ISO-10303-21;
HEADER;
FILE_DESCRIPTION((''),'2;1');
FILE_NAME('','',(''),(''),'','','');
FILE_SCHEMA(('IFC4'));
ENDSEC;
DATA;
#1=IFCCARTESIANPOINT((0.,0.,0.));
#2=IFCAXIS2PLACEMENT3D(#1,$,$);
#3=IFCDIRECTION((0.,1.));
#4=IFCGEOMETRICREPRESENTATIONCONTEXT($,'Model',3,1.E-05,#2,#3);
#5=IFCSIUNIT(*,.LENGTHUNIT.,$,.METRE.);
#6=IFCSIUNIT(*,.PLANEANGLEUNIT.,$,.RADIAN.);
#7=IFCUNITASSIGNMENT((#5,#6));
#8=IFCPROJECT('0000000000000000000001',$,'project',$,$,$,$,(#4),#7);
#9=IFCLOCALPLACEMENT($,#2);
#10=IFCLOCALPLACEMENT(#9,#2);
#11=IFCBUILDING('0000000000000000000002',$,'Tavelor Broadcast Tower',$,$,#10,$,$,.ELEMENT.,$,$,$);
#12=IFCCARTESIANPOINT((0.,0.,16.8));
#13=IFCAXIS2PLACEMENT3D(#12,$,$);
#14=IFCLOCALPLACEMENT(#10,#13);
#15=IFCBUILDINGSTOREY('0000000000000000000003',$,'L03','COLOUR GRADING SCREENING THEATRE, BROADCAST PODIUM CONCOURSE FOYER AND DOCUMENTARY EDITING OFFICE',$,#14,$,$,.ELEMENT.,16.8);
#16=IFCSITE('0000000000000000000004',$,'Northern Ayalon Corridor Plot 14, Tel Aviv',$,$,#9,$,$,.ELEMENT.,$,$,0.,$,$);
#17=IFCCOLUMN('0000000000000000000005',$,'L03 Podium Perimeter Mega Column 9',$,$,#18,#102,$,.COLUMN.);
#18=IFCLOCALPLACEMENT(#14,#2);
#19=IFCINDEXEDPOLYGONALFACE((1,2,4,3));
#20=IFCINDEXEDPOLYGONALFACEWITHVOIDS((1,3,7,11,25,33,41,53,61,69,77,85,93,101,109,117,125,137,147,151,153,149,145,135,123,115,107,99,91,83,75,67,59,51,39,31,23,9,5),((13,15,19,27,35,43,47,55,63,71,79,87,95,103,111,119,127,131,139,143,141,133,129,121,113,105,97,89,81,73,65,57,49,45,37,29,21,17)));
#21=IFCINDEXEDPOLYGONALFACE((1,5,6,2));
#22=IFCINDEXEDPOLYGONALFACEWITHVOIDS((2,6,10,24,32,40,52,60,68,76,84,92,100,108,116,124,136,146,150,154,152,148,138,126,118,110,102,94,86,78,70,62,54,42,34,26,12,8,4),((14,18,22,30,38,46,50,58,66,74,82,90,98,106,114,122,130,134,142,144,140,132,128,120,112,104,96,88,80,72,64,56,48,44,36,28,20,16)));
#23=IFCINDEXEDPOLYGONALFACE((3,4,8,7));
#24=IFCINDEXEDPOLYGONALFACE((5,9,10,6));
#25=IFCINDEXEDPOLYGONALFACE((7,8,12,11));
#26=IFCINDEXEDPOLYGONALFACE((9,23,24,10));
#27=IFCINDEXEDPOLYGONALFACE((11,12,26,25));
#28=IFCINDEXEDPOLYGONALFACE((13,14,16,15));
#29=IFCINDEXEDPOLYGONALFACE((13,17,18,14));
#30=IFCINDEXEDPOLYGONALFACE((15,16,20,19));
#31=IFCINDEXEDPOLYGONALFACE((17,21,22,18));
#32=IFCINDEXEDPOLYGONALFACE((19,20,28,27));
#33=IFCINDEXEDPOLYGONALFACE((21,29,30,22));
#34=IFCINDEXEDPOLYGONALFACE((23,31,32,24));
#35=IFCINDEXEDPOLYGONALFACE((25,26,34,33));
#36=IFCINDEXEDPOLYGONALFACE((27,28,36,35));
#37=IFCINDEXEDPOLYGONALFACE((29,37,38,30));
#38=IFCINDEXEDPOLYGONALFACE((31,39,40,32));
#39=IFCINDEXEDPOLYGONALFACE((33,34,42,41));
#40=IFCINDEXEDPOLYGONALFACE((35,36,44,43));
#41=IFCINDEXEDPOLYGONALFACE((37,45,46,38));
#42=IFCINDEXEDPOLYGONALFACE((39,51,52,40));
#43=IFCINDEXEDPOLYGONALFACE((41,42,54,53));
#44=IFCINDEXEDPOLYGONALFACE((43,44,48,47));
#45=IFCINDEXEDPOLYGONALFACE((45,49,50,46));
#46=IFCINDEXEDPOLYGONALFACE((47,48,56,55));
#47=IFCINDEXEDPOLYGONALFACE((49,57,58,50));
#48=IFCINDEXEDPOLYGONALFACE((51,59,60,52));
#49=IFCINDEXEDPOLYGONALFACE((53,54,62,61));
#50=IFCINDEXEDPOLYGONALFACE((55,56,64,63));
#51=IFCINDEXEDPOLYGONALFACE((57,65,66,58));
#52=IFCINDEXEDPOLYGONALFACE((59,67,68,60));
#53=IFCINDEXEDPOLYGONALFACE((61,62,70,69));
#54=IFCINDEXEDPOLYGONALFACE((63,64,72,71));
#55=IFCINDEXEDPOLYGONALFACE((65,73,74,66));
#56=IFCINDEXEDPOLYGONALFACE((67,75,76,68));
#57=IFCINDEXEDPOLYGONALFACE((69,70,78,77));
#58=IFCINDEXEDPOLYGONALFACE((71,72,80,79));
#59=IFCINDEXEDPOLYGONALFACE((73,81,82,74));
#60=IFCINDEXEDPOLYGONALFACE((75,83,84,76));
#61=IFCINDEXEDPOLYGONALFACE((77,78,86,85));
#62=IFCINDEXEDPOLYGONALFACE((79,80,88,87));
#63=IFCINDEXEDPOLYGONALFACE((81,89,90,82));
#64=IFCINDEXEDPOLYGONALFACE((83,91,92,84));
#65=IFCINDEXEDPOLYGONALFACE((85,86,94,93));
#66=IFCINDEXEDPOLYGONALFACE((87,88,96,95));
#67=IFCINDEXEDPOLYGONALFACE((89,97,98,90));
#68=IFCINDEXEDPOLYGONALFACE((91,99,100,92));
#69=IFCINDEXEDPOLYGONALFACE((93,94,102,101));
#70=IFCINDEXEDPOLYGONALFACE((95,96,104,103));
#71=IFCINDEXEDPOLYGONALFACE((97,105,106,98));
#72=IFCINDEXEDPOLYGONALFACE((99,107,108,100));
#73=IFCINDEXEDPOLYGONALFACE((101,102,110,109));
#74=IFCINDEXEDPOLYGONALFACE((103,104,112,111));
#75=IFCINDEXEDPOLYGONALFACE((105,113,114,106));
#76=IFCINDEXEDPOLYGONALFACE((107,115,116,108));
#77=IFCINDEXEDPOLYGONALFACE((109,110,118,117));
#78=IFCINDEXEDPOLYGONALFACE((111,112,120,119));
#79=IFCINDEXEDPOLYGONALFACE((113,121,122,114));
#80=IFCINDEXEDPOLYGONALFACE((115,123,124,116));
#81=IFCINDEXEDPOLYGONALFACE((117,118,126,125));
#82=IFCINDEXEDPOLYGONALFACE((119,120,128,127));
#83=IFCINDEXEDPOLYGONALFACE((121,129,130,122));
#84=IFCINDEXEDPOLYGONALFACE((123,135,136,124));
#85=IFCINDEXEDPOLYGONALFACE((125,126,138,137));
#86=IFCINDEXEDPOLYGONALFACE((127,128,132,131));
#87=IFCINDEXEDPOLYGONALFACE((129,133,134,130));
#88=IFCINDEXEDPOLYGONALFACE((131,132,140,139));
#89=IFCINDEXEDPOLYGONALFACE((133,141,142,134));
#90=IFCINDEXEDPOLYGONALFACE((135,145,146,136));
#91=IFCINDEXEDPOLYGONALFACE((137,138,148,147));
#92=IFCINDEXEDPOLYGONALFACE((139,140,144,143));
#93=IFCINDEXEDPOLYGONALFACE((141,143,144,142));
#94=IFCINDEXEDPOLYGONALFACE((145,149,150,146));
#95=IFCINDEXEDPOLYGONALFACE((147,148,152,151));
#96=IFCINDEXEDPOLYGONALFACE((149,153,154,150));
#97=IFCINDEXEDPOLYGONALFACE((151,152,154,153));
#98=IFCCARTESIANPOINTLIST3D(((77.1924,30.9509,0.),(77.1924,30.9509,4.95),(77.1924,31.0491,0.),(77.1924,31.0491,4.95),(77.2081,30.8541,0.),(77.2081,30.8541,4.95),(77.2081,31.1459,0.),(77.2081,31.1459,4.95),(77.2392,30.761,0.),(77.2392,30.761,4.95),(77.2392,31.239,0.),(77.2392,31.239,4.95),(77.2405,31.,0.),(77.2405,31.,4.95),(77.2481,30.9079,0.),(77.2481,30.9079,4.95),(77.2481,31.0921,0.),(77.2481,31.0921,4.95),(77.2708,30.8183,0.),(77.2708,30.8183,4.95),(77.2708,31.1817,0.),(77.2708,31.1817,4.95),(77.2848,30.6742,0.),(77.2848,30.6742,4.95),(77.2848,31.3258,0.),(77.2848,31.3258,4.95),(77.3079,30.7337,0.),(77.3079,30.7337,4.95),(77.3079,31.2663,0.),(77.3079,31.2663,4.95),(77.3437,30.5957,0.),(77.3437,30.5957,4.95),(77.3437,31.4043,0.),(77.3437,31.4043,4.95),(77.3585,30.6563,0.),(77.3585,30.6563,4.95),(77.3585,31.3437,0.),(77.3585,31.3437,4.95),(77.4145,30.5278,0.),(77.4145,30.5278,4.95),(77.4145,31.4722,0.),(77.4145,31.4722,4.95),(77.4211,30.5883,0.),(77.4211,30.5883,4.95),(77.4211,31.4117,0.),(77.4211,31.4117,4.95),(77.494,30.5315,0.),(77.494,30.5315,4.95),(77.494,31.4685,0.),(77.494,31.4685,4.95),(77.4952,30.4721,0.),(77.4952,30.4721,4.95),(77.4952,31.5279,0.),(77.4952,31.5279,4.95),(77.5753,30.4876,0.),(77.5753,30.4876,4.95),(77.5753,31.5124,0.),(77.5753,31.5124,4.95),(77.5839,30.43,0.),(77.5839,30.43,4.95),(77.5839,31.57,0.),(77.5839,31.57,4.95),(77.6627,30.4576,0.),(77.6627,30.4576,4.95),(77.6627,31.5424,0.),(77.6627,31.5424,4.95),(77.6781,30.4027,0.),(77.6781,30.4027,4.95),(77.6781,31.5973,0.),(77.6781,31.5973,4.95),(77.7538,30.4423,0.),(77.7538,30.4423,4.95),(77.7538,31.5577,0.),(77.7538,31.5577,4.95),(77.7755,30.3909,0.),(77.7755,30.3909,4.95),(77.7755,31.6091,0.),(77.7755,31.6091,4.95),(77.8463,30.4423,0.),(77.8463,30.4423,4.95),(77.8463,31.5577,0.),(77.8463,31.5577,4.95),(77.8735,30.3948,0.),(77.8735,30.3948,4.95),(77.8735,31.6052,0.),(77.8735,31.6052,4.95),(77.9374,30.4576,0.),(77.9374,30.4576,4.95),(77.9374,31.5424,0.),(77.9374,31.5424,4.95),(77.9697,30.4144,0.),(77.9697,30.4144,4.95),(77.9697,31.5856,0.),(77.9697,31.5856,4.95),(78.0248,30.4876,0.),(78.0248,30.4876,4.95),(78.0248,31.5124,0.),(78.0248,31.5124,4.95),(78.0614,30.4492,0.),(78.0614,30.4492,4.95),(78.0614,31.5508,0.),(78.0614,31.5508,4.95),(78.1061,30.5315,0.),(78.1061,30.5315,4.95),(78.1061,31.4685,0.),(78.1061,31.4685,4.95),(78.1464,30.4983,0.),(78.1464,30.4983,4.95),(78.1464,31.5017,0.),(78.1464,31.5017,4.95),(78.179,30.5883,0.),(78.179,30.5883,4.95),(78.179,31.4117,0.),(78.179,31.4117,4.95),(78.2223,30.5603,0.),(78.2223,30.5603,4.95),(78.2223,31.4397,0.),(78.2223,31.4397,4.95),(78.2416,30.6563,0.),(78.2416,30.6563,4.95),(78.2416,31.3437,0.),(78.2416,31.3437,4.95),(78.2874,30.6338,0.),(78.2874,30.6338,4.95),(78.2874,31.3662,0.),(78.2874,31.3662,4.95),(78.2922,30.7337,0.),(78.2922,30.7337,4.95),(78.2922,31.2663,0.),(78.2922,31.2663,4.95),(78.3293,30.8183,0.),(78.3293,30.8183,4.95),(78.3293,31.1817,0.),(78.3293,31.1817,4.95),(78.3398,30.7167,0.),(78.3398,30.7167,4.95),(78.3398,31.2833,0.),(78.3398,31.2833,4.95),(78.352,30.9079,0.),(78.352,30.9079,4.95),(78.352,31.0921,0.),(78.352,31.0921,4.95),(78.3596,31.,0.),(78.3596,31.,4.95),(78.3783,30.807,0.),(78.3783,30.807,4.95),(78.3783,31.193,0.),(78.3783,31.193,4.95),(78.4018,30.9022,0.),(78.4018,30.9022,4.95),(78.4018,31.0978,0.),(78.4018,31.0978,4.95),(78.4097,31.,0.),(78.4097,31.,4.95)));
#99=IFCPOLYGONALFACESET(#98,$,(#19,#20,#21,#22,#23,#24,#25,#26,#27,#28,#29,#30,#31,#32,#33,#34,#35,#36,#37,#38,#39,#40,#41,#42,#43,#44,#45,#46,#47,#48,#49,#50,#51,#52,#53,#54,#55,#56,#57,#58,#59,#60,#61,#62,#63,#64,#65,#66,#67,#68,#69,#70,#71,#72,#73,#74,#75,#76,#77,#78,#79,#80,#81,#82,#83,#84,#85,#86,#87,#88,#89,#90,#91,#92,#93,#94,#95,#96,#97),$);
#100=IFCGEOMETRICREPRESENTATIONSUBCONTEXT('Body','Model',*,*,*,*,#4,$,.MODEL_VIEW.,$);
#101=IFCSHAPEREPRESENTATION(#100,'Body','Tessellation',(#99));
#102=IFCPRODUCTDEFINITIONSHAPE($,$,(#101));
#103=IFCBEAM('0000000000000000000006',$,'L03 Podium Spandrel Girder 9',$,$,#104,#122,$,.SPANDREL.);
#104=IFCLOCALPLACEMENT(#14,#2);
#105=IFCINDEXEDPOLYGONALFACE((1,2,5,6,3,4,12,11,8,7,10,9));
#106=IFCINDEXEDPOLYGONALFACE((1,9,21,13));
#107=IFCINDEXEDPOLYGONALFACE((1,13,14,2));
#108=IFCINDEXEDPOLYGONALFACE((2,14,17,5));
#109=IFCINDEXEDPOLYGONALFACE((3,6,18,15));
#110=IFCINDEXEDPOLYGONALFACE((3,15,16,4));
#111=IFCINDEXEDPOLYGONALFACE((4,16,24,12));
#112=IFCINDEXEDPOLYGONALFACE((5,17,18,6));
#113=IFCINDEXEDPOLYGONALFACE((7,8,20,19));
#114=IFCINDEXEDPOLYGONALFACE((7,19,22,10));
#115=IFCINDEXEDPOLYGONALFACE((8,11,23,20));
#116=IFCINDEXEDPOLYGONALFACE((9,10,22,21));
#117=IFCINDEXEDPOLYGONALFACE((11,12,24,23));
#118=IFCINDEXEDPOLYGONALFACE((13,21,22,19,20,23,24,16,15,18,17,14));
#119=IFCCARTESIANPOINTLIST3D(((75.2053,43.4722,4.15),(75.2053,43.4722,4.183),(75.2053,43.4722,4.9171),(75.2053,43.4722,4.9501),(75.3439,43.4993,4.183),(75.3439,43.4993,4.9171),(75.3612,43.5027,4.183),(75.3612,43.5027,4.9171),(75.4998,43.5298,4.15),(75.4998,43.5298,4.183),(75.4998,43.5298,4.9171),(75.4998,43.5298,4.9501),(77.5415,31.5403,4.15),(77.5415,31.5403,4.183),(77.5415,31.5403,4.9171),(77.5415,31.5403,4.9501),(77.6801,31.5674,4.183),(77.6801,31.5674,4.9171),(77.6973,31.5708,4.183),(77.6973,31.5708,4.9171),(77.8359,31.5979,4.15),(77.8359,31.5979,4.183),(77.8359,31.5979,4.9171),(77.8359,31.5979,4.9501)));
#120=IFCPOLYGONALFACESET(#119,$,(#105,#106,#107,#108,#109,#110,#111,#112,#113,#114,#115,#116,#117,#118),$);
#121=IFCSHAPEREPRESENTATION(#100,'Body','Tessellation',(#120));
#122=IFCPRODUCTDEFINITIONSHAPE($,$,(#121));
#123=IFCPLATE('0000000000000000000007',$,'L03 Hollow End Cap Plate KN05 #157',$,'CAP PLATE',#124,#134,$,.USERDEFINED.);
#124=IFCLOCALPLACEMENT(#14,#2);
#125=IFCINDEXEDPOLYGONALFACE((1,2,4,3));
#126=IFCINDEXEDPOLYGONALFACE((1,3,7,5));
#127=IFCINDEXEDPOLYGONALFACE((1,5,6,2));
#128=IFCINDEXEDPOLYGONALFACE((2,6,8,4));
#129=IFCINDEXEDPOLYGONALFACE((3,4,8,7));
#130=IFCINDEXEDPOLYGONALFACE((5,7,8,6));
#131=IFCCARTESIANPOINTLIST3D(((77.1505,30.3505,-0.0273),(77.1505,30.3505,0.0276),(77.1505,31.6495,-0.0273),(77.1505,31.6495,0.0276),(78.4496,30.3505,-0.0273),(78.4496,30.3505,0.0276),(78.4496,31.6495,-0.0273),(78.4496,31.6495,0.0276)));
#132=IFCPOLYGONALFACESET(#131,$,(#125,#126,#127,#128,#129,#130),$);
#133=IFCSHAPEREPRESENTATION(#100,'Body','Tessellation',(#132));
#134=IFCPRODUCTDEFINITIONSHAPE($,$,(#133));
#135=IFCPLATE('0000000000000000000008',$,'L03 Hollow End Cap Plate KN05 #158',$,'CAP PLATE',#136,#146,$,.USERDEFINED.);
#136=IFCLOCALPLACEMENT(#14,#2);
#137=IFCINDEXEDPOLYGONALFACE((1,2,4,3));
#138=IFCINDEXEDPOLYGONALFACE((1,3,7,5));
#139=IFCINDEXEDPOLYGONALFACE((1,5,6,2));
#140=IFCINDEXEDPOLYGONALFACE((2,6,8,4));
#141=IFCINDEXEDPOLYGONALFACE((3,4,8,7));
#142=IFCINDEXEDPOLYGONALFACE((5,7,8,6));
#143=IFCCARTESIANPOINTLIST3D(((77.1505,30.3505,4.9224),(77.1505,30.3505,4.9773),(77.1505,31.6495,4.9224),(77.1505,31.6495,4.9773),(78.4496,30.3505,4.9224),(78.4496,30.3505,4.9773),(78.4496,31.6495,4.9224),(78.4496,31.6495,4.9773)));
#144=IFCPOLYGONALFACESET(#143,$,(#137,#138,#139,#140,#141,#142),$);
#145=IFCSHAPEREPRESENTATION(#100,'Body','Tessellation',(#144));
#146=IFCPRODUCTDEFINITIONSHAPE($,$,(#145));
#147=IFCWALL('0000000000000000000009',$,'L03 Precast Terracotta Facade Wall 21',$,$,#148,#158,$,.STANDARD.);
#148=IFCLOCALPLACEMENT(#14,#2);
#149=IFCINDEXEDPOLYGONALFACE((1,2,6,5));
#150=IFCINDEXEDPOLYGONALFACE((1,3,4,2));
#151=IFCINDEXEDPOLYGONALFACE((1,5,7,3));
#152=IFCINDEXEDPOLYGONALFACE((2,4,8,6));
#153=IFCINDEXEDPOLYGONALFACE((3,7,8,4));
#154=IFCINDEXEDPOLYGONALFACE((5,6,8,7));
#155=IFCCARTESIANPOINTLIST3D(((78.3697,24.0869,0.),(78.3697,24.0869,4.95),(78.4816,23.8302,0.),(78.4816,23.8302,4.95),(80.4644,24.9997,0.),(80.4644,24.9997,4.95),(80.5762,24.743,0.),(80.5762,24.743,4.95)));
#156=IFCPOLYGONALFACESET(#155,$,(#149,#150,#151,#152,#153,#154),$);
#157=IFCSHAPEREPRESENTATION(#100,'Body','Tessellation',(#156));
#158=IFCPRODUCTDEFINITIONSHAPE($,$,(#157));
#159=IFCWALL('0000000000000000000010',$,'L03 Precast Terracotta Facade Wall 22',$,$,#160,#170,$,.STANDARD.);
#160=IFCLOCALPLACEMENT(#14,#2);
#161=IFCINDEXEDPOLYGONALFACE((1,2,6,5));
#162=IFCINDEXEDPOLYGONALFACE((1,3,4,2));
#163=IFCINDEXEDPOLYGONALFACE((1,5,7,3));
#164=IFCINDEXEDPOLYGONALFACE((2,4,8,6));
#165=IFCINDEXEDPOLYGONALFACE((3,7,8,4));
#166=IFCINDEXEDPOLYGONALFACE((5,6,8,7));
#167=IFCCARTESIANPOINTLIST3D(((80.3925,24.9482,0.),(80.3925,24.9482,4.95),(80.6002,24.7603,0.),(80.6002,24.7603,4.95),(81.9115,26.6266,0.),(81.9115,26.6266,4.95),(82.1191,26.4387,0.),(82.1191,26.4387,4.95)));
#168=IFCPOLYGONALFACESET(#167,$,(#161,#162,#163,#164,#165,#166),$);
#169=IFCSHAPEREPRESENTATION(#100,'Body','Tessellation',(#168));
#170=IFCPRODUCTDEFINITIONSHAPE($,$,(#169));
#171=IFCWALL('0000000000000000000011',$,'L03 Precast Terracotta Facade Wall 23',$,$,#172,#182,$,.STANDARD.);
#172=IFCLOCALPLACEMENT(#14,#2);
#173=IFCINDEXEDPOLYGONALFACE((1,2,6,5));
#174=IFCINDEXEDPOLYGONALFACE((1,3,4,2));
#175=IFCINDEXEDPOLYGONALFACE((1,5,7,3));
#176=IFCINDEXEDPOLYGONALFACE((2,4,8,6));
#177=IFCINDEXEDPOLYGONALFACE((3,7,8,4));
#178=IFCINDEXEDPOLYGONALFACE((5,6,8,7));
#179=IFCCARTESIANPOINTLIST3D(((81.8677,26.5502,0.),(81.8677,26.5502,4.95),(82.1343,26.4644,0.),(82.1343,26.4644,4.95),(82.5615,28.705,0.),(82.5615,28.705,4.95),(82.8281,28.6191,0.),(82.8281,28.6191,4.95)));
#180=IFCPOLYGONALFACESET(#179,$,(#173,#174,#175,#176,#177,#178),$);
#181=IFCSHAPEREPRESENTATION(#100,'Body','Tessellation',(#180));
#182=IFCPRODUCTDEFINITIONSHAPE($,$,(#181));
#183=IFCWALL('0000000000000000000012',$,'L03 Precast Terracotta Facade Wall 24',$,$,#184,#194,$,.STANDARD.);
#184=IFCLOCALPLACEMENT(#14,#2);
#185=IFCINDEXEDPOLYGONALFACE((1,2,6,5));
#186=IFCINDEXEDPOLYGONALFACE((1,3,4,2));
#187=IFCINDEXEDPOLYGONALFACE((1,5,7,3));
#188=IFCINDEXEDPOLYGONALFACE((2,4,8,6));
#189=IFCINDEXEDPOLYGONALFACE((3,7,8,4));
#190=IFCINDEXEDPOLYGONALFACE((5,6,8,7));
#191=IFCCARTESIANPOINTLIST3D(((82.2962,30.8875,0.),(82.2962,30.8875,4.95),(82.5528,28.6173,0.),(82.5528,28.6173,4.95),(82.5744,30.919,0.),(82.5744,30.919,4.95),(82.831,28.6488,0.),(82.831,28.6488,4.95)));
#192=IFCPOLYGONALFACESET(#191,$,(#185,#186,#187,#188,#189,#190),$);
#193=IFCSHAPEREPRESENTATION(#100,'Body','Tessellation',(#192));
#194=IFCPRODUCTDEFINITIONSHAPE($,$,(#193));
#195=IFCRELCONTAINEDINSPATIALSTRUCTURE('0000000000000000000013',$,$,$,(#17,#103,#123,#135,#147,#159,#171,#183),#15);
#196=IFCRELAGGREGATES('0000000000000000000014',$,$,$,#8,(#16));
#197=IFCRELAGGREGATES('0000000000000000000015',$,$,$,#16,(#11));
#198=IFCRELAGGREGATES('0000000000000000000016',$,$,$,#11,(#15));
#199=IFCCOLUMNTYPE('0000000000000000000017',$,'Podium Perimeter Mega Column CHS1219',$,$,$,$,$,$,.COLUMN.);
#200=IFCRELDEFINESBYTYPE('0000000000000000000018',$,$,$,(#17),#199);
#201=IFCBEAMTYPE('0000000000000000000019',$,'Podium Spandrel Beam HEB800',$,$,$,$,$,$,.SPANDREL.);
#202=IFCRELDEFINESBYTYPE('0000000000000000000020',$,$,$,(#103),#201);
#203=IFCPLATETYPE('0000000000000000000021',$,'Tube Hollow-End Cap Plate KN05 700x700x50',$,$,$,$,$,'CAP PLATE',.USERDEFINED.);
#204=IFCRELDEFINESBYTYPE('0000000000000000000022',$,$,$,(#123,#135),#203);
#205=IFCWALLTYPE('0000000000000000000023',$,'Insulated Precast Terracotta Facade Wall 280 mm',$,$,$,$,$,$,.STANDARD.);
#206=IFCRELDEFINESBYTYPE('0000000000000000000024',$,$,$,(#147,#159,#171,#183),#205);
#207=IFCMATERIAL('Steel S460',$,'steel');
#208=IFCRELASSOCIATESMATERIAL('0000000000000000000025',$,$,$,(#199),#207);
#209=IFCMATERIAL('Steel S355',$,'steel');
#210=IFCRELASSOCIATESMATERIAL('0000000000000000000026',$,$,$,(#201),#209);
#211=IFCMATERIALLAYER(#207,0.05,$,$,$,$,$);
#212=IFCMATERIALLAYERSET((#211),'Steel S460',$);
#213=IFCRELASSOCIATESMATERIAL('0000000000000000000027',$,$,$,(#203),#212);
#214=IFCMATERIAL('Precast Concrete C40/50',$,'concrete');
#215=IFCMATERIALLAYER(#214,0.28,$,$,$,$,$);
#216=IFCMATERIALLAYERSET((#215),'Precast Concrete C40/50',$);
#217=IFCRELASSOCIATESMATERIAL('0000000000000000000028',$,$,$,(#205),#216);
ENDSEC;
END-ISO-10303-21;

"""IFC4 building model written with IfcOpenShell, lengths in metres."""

from ifc_helpers import new_model, si_unit, direction, frame, frame_2d, origin, origin_2d, place, context, subcontext, project, spatial, rectangle, hollow_circle, i_section, extrude, source, transform, mapped, material, layer, layer_set, material_profile, profile_set, type_object, type_shapes, element, save


model = new_model("IFC4")

# Units and contexts
model_context = context("Model", 3, precision=1e-05, world=origin(), true_north=direction((0.0, 1.0)))
body_context = subcontext(model_context, "Body", "Model", "MODEL_VIEW")
ifc_project = project(units=[si_unit("LENGTHUNIT", "METRE"), si_unit("PLANEANGLEUNIT", "RADIAN")], contexts=[model_context])

# Site, building, storey
site_placement = place(None, origin())
site = spatial("IfcSite", under=ifc_project, at=site_placement, Name="Northern Ayalon Corridor Plot 14, Tel Aviv", CompositionType="ELEMENT", RefElevation=0.0)
building_placement = place(site_placement, origin())
building = spatial("IfcBuilding", under=site, at=building_placement, Name="Tavelor Broadcast Tower", CompositionType="ELEMENT")
storey_placement = place(building_placement, frame((0.0, 0.0, 16.8)))
storey = spatial("IfcBuildingStorey", under=building, at=storey_placement, Name="L03", Description="COLOUR GRADING SCREENING THEATRE, BROADCAST PODIUM CONCOURSE FOYER AND DOCUMENTARY EDITING OFFICE", CompositionType="ELEMENT", Elevation=16.8)

# Column
ifc_material_1 = material(Name="Steel S460", Category="steel")
ifc_material_profile_1 = material_profile(ifc_material_1, hollow_circle(Radius=0.6096, WallThickness=0.05, at=origin_2d()), Name="CHS 1219x50")
ifc_profile_set_1 = profile_set([ifc_material_profile_1], Name="Steel S460")
column_type = type_object("IfcColumnType", Name="Podium Perimeter Mega Column CHS1219", PredefinedType="COLUMN", material=ifc_profile_set_1)
column_placement = place(storey_placement, frame((77.8, 31.0, 0.0), z_axis=(0.0, 0.0, 1.0), x_axis=(1.0, 0.0, 0.0)))
element("IfcColumn", 1, at=column_placement, inside=storey, type_object=column_type, Name="L03 Podium Perimeter Mega Column 9", PredefinedType="COLUMN", context=body_context, shape_type="SweptSolid", body=[
    extrude(hollow_circle(Radius=0.6096, WallThickness=0.05, at=origin_2d()), origin(), (0.0, 0.0, 1.0), 4.95),
])

# Beam
ifc_material_2 = material(Name="Steel S355", Category="steel")
ifc_material_profile_2 = material_profile(ifc_material_2, i_section(OverallWidth=0.3, OverallDepth=0.8, WebThickness=0.0176, FlangeThickness=0.033, at=origin_2d()), Name="HEB 800")
ifc_profile_set_2 = profile_set([ifc_material_profile_2], Name="Steel S355")
beam_type = type_object("IfcBeamType", Name="Podium Spandrel Beam HEB800", PredefinedType="SPANDREL", material=ifc_profile_set_2)
beam_placement = place(storey_placement, frame((77.6887, 31.5691, 4.55), z_axis=(-0.192145, 0.981367, 0.0), x_axis=(-0.981367, -0.192145, 0.0)))
element("IfcBeam", 2, at=beam_placement, inside=storey, type_object=beam_type, Name="L03 Podium Spandrel Girder 9", PredefinedType="SPANDREL", context=body_context, shape_type="SweptSolid", body=[
    extrude(i_section(OverallWidth=0.3, OverallDepth=0.8, WebThickness=0.0176, FlangeThickness=0.033, at=origin_2d()), origin(), (0.0, 0.0, 1.0), 12.1584),
])

# Plates
ifc_layer_1 = layer(ifc_material_1, 0.05)
ifc_layer_set_1 = layer_set([ifc_layer_1], Name="Steel S460")
plate_type = type_object("IfcPlateType", Name="Tube Hollow-End Cap Plate KN05 700x700x50", ElementType="CAP PLATE", PredefinedType="USERDEFINED", material=ifc_layer_set_1)
shared_shape = source(origin(), body_context, "Body", "SweptSolid", [
    extrude(rectangle(XDim=1.2991, YDim=1.2991, at=origin_2d()), origin(), (0.0, 0.0, 1.0), 0.0549),
])
type_shapes(plate_type, [shared_shape])
for number, where, z_axis, x_axis, name in (
    (3, (77.8, 31.0, -0.0273), (0.0, 0.0, 1.0), (1.0, 0.0, 0.0), "L03 Hollow End Cap Plate KN05 #157"),
    (4, (77.8, 31.0, 4.9224), (0.0, 0.0, 1.0), (1.0, 0.0, 0.0), "L03 Hollow End Cap Plate KN05 #158"),
):
    element("IfcPlate", number, at=place(storey_placement, frame(where, z_axis=z_axis, x_axis=x_axis)), inside=storey, type_object=plate_type, Name=name, ObjectType="CAP PLATE", PredefinedType="USERDEFINED", context=body_context, shape_type="MappedRepresentation", body=[
        mapped(shared_shape, transform((0.0, 0.0, 0.0), scale=1.0)),
    ])

# Walls
ifc_material_3 = material(Name="Precast Concrete C40/50", Category="concrete")
ifc_layer_2 = layer(ifc_material_3, 0.28)
ifc_layer_set_2 = layer_set([ifc_layer_2], Name="Precast Concrete C40/50")
wall_type = type_object("IfcWallType", Name="Insulated Precast Terracotta Facade Wall 280 mm", PredefinedType="STANDARD", material=ifc_layer_set_2)
wall_1_placement = place(storey_placement, frame((78.4255, 23.9585, 0.0), z_axis=(0.0, 0.0, 1.0), x_axis=(0.916735, 0.399496, 0.0)))
element("IfcWall", 5, at=wall_1_placement, inside=storey, type_object=wall_type, Name="L03 Precast Terracotta Facade Wall 21", PredefinedType="STANDARD", context=body_context, shape_type="SweptSolid", body=[
    extrude(rectangle(XDim=2.2849, YDim=0.28, at=frame_2d((1.1426, 0.0))), origin(), (0.0, 0.0, 1.0), 4.95),
])
for number, where, z_axis, x_axis, name in (
    (6, (80.4963, 24.8542, 0.0), (0.0, 0.0, 1.0), (0.671018, 0.741441, 0.0), "L03 Precast Terracotta Facade Wall 22"),
    (7, (82.001, 26.5073, 0.0), (0.0, 0.0, 1.0), (0.306505, 0.951869, 0.0), "L03 Precast Terracotta Facade Wall 23"),
):
    element("IfcWall", number, at=place(storey_placement, frame(where, z_axis=z_axis, x_axis=x_axis)), inside=storey, type_object=wall_type, Name=name, PredefinedType="STANDARD", context=body_context, shape_type="SweptSolid", body=[
        extrude(rectangle(XDim=2.2637, YDim=0.28, at=frame_2d((1.1318, 0.0))), origin(), (0.0, 0.0, 1.0), 4.95),
    ])
wall_2_placement = place(storey_placement, frame((82.6919, 28.6331, 0.0), z_axis=(0.0, 0.0, 1.0), x_axis=(-0.112308, 0.993673, 0.0)))
element("IfcWall", 8, at=wall_2_placement, inside=storey, type_object=wall_type, Name="L03 Precast Terracotta Facade Wall 24", PredefinedType="STANDARD", context=body_context, shape_type="SweptSolid", body=[
    extrude(rectangle(XDim=2.2847, YDim=0.28, at=frame_2d((1.1423, 0.0))), origin(), (0.0, 0.0, 1.0), 4.95),
])

save(model, "model.ifc")
